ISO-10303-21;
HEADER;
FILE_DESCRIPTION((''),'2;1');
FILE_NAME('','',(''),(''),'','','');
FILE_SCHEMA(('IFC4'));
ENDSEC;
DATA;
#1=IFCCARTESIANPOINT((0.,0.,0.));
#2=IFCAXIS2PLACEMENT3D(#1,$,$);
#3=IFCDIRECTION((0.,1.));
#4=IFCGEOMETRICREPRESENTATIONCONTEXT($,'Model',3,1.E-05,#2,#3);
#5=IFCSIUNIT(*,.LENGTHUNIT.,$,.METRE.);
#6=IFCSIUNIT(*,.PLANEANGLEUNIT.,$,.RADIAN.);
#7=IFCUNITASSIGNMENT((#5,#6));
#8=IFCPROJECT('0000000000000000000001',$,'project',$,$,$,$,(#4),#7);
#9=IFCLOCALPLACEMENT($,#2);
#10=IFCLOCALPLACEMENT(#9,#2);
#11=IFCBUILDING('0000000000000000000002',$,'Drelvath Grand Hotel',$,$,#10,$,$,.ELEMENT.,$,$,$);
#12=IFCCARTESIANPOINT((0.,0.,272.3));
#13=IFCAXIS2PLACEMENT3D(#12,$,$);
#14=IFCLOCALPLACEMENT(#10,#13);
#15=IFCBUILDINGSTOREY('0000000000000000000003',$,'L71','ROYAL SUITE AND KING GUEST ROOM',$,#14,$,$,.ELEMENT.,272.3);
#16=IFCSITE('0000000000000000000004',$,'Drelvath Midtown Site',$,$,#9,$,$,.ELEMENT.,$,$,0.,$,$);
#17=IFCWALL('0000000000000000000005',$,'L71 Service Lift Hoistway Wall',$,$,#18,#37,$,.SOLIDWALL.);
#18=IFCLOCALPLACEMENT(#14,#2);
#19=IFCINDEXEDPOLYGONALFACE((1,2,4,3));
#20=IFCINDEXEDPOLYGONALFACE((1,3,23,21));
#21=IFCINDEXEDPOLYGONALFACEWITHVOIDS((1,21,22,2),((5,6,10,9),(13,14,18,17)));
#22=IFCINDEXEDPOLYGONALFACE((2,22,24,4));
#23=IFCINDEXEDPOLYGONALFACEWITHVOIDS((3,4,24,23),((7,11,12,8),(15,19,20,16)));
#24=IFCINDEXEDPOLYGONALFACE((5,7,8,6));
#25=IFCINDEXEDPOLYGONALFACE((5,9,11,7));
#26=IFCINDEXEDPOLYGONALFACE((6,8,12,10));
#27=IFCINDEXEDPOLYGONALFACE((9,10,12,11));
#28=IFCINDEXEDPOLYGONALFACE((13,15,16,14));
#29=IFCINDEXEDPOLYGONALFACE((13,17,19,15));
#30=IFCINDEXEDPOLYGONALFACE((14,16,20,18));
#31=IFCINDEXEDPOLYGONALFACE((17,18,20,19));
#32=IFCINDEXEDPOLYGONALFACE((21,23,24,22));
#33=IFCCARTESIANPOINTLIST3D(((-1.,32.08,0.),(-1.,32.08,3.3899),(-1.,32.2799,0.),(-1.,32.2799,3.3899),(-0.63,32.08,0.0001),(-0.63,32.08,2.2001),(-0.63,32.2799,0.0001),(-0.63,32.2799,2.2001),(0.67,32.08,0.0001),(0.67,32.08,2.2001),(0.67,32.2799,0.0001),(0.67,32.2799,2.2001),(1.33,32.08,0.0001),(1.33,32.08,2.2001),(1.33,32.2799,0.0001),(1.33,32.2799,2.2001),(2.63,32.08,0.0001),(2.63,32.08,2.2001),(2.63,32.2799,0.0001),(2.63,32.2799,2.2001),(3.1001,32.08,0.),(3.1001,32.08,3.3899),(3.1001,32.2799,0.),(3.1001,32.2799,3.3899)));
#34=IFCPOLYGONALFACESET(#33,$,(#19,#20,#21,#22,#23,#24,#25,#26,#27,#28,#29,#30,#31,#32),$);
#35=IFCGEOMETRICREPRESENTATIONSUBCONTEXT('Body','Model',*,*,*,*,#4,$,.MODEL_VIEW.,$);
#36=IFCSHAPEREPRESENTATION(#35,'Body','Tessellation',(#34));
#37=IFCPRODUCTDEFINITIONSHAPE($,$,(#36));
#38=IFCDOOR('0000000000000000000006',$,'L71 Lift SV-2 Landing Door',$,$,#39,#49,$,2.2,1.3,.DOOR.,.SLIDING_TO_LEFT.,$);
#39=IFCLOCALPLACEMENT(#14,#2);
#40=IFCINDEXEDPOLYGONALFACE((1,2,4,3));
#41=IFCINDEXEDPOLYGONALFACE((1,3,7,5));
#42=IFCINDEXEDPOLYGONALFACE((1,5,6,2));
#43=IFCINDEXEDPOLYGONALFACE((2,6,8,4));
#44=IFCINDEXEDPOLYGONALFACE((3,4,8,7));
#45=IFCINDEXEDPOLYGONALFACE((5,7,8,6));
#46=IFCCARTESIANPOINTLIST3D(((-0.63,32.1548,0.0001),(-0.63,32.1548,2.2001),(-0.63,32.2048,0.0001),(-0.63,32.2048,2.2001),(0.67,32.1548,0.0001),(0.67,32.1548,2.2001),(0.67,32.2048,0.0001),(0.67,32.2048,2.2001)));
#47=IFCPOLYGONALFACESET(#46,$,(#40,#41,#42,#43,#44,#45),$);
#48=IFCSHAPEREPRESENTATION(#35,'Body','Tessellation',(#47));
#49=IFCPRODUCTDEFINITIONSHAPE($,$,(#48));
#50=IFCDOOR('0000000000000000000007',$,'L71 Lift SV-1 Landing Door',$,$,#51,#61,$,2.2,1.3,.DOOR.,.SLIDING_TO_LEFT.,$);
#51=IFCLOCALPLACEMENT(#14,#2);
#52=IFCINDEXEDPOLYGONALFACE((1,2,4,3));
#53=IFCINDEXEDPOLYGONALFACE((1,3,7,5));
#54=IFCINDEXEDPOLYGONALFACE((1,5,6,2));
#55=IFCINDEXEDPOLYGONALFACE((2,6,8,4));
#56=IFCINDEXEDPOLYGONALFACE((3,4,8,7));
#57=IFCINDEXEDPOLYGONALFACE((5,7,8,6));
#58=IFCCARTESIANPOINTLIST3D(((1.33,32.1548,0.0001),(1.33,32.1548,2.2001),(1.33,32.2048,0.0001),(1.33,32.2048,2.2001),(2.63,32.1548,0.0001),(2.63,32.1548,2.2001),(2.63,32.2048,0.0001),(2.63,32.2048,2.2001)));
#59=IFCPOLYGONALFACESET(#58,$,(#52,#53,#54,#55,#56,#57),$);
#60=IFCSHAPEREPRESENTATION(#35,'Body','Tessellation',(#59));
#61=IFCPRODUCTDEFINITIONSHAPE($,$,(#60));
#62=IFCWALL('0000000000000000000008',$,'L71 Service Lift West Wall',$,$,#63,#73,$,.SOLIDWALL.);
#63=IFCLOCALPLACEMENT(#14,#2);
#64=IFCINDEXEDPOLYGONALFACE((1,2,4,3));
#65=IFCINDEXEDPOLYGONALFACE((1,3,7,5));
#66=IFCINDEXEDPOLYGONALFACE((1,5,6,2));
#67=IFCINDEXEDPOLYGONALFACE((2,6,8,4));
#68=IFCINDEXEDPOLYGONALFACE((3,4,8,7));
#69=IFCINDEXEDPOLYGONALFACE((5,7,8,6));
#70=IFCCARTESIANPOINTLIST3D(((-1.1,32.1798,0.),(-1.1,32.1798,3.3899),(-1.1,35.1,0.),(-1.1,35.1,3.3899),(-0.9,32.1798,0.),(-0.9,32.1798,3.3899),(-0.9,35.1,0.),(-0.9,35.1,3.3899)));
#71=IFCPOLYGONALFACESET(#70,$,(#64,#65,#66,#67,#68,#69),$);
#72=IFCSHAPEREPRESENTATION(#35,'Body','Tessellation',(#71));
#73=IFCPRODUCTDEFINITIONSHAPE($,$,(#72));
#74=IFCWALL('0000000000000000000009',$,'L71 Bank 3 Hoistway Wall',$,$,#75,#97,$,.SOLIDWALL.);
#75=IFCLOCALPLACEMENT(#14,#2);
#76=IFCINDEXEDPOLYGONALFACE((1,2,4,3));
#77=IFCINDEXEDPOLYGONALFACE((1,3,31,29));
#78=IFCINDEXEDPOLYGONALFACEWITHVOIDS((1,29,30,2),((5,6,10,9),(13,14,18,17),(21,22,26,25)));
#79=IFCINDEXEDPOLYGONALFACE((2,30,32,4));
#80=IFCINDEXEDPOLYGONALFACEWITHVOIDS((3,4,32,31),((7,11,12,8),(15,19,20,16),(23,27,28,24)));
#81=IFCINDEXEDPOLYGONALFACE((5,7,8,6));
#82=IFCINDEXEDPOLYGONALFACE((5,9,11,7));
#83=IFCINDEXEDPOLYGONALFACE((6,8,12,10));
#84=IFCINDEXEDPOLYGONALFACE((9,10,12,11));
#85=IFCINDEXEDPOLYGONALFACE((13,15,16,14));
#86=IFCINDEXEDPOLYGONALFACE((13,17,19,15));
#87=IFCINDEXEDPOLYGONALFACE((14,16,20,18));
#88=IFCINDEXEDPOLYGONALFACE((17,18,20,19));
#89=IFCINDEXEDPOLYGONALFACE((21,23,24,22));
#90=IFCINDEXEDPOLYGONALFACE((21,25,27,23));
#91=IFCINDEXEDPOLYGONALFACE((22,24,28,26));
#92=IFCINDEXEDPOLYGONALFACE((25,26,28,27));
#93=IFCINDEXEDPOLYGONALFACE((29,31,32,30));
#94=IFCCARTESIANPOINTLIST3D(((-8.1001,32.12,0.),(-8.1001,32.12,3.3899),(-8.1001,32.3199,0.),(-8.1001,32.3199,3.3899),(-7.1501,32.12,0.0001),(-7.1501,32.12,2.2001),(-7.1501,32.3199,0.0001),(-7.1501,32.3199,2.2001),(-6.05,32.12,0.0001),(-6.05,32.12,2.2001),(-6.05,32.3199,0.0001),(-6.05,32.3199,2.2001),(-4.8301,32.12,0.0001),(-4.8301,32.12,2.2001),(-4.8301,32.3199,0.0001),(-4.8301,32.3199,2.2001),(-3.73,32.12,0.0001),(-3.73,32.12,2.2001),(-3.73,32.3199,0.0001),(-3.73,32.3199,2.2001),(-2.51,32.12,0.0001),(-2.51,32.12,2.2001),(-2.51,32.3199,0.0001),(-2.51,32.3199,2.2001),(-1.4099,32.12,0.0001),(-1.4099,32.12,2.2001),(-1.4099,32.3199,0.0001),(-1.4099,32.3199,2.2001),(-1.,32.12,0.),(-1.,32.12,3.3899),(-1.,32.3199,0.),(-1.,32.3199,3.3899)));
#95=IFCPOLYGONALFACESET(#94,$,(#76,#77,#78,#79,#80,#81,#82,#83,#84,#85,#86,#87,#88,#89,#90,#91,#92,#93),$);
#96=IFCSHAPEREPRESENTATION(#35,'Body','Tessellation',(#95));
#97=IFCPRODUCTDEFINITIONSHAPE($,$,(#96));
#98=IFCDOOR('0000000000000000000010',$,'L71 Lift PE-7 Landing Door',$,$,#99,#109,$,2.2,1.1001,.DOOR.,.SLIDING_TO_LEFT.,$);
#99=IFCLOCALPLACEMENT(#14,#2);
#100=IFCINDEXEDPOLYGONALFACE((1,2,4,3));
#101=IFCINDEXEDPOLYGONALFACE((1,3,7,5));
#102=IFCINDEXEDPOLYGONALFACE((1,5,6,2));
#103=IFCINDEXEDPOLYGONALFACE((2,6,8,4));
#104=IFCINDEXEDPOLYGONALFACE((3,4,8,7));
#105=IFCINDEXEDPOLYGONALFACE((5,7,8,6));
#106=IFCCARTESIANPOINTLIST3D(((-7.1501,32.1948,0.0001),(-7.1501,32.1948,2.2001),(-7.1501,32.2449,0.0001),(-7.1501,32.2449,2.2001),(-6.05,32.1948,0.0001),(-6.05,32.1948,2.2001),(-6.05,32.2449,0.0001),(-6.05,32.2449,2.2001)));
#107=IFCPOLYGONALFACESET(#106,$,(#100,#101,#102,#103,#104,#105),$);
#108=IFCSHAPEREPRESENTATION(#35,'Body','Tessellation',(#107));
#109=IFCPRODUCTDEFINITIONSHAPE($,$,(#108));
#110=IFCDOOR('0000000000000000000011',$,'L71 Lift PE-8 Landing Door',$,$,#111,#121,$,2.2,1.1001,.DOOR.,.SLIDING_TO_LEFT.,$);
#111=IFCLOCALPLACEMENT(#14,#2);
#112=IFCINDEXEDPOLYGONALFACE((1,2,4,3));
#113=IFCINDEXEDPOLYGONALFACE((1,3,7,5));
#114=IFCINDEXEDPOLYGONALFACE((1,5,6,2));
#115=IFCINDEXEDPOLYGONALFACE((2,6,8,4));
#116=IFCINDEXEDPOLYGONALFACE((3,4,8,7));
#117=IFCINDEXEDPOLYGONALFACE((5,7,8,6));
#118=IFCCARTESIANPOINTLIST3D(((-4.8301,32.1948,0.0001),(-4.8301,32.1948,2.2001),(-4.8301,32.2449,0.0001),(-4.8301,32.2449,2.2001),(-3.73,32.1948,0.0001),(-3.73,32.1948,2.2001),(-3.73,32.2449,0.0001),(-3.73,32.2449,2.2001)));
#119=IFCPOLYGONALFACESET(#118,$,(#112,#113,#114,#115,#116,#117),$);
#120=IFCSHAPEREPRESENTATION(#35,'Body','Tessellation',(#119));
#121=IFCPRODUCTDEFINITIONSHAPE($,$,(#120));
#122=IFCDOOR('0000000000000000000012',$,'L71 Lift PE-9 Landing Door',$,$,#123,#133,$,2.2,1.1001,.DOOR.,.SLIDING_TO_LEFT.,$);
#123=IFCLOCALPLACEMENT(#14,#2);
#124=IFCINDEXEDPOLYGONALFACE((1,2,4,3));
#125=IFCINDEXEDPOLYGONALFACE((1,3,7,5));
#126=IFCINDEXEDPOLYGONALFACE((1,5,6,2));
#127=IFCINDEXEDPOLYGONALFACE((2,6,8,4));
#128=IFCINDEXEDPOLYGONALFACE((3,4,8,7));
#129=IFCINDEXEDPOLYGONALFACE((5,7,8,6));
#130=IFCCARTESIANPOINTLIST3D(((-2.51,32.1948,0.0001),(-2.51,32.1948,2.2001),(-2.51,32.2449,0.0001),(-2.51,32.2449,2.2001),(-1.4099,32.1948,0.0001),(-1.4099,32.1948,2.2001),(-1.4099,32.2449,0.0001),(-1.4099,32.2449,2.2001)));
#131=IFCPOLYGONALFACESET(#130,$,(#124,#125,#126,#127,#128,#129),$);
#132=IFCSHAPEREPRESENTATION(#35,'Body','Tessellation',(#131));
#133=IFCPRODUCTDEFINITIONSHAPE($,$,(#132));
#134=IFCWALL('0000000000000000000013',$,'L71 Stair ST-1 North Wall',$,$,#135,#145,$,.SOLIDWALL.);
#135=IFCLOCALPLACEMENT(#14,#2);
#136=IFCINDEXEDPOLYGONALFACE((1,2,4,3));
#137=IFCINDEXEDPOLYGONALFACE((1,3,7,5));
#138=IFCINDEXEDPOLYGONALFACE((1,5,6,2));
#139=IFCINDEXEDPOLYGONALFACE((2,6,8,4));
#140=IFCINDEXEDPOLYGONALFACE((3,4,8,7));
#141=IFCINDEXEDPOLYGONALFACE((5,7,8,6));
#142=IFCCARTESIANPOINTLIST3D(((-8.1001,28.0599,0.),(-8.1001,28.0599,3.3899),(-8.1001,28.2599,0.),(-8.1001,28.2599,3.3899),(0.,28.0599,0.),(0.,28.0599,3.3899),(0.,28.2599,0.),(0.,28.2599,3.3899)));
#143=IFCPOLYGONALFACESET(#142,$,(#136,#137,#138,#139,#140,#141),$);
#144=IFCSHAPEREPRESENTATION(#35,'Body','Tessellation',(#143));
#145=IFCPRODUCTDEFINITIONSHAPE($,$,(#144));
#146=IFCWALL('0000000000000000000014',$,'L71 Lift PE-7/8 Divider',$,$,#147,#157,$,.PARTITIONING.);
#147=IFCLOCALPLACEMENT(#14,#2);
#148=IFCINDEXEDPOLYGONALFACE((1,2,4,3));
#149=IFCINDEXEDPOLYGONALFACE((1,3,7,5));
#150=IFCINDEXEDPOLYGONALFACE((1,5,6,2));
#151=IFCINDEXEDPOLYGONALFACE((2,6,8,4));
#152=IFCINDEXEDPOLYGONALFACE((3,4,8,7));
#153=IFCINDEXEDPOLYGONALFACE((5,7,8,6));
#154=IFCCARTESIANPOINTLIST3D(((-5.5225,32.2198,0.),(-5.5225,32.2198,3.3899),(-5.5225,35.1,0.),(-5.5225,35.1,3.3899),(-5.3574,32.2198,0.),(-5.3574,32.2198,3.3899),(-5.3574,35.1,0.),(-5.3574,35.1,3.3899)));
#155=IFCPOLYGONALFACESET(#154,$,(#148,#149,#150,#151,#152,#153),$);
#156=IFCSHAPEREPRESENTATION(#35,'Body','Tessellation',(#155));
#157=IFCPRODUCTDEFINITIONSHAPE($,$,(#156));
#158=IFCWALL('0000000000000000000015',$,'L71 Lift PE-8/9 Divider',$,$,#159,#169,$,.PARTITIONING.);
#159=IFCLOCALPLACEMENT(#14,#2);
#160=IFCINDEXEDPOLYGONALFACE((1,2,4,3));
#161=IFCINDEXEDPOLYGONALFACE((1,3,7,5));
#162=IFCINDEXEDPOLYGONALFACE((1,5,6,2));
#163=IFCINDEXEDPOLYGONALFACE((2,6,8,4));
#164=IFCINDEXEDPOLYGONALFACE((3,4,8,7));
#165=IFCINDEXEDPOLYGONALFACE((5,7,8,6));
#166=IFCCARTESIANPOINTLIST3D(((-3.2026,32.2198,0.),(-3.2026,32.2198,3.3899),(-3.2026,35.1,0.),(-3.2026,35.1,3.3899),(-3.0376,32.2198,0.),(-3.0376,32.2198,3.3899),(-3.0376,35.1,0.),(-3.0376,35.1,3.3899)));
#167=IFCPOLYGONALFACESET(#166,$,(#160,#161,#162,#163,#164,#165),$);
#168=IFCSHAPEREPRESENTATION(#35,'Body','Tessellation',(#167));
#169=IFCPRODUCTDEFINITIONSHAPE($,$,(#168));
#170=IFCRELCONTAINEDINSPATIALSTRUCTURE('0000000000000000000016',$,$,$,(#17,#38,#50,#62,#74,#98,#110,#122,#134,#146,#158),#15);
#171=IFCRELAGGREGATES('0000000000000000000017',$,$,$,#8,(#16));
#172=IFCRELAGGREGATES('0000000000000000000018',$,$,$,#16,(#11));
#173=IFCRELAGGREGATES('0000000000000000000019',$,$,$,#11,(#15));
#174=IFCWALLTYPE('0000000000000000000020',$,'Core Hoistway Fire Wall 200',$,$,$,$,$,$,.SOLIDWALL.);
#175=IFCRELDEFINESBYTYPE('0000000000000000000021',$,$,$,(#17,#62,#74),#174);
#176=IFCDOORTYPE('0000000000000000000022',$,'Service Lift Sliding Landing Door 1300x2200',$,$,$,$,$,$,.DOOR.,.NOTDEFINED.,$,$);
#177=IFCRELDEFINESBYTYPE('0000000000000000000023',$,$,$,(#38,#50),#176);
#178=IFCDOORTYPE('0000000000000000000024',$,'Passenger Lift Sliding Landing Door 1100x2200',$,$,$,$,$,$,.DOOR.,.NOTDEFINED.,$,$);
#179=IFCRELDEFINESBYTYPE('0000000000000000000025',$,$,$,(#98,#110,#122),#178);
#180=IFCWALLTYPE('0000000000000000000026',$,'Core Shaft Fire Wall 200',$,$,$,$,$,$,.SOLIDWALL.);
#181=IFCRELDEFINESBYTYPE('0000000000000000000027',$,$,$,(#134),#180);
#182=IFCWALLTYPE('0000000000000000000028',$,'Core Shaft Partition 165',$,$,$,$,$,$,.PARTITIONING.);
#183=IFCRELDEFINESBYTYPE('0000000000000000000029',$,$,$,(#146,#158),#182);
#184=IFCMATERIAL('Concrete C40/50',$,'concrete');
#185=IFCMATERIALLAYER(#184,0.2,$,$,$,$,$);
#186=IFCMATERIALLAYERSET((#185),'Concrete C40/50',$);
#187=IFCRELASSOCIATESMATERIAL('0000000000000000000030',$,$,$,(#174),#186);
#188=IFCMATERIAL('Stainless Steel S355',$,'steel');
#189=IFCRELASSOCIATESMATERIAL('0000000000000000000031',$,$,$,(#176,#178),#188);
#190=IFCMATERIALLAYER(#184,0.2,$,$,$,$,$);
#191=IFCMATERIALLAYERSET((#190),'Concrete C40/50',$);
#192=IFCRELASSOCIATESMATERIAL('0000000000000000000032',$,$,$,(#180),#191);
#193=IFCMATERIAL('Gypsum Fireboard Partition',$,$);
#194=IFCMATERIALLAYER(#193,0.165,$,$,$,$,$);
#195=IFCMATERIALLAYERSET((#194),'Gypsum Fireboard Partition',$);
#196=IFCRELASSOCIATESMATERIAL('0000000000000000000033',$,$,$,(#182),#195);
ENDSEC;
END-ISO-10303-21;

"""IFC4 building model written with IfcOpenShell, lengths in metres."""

from ifc_helpers import new_model, si_unit, direction, frame, frame_2d, origin, place, context, subcontext, project, spatial, rectangle, extrude, material, layer, layer_set, type_object, element, fill, save


model = new_model("IFC4")

# Units and contexts
model_context = context("Model", 3, precision=1e-05, world=origin(), true_north=direction((0.0, 1.0)))
body_context = subcontext(model_context, "Body", "Model", "MODEL_VIEW")
ifc_project = project(units=[si_unit("LENGTHUNIT", "METRE"), si_unit("PLANEANGLEUNIT", "RADIAN")], contexts=[model_context])

# Site, building, storey
site_placement = place(None, origin())
site = spatial("IfcSite", under=ifc_project, at=site_placement, Name="Drelvath Midtown Site", CompositionType="ELEMENT", RefElevation=0.0)
building_placement = place(site_placement, origin())
building = spatial("IfcBuilding", under=site, at=building_placement, Name="Drelvath Grand Hotel", CompositionType="ELEMENT")
storey_placement = place(building_placement, frame((0.0, 0.0, 272.3)))
storey = spatial("IfcBuildingStorey", under=building, at=storey_placement, Name="L71", Description="ROYAL SUITE AND KING GUEST ROOM", CompositionType="ELEMENT", Elevation=272.3)

# Wall, openings, doors
ifc_material_1 = material(Name="Concrete C40/50", Category="concrete")
ifc_layer_1 = layer(ifc_material_1, 0.2)
ifc_layer_set_1 = layer_set([ifc_layer_1], Name="Concrete C40/50")
wall_type_1 = type_object("IfcWallType", Name="Core Hoistway Fire Wall 200", PredefinedType="SOLIDWALL", material=ifc_layer_set_1)
wall_1_placement = place(storey_placement, frame((-1.0, 32.1799, 0.0), z_axis=(0.0, 0.0, 1.0), x_axis=(1.0, 0.0, 0.0)))
wall_1 = element("IfcWall", 1, at=wall_1_placement, inside=storey, type_object=wall_type_1, Name="L71 Service Lift Hoistway Wall", PredefinedType="SOLIDWALL", context=body_context, shape_type="SweptSolid", body=[
    extrude(rectangle(XDim=4.1001, YDim=0.2, at=frame_2d((2.05, 0.0))), origin(), (0.0, 0.0, 1.0), 3.3899),
])
opening_1_placement = place(wall_1_placement, frame((0.3701, 0.0, 0.0)))
opening_1 = element("IfcOpeningElement", 2, at=opening_1_placement, cuts=wall_1, PredefinedType="OPENING", context=body_context, shape_type="SweptSolid", body=[
    extrude(rectangle(XDim=1.3, YDim=2.2, at=frame_2d((0.6499, 1.1001))), frame((0.0, 0.1099, 0.0), z_axis=(0.0, -1.0, 0.0), x_axis=(1.0, 0.0, 0.0)), (0.0, 0.0, 1.0), 0.22),
])
opening_2_placement = place(wall_1_placement, frame((2.3301, 0.0, 0.0)))
opening_2 = element("IfcOpeningElement", 3, at=opening_2_placement, cuts=wall_1, PredefinedType="OPENING", context=body_context, shape_type="SweptSolid", body=[
    extrude(rectangle(XDim=1.3, YDim=2.2, at=frame_2d((0.6499, 1.1001))), frame((0.0, 0.1099, 0.0), z_axis=(0.0, -1.0, 0.0), x_axis=(1.0, 0.0, 0.0)), (0.0, 0.0, 1.0), 0.22),
])
ifc_material_2 = material(Name="Stainless Steel S355", Category="steel")
door_type_1 = type_object("IfcDoorType", Name="Service Lift Sliding Landing Door 1300x2200", OperationType="NOTDEFINED", PredefinedType="DOOR", material=ifc_material_2)
door_1_placement = place(opening_1_placement, origin())
door_1 = element("IfcDoor", 4, at=door_1_placement, inside=storey, type_object=door_type_1, Name="L71 Lift SV-2 Landing Door", OperationType="SLIDING_TO_LEFT", OverallHeight=2.2, OverallWidth=1.3, PredefinedType="DOOR", context=body_context, shape_type="SweptSolid", body=[
    extrude(rectangle(XDim=1.3, YDim=2.2, at=frame_2d((0.6499, 1.1001))), frame((0.0, 0.0249, 0.0), z_axis=(0.0, -1.0, 0.0), x_axis=(1.0, 0.0, 0.0)), (0.0, 0.0, 1.0), 0.05),
])
fill(opening_1, door_1)
door_2_placement = place(opening_2_placement, origin())
door_2 = element("IfcDoor", 5, at=door_2_placement, inside=storey, type_object=door_type_1, Name="L71 Lift SV-1 Landing Door", OperationType="SLIDING_TO_LEFT", OverallHeight=2.2, OverallWidth=1.3, PredefinedType="DOOR", context=body_context, shape_type="SweptSolid", body=[
    extrude(rectangle(XDim=1.3, YDim=2.2, at=frame_2d((0.6499, 1.1001))), frame((0.0, 0.0249, 0.0), z_axis=(0.0, -1.0, 0.0), x_axis=(1.0, 0.0, 0.0)), (0.0, 0.0, 1.0), 0.05),
])
fill(opening_2, door_2)

# Wall
wall_2_placement = place(storey_placement, frame((-1.0, 32.1799, 0.0), z_axis=(0.0, 0.0, 1.0), x_axis=(0.0, 1.0, 0.0)))
element("IfcWall", 6, at=wall_2_placement, inside=storey, type_object=wall_type_1, Name="L71 Service Lift West Wall", PredefinedType="SOLIDWALL", context=body_context, shape_type="SweptSolid", body=[
    extrude(rectangle(XDim=2.9202, YDim=0.2, at=frame_2d((1.46, 0.0))), origin(), (0.0, 0.0, 1.0), 3.3899),
])

# Wall, openings, doors
wall_3_placement = place(storey_placement, frame((-8.1001, 32.22, 0.0), z_axis=(0.0, 0.0, 1.0), x_axis=(1.0, 0.0, 0.0)))
wall_3 = element("IfcWall", 7, at=wall_3_placement, inside=storey, type_object=wall_type_1, Name="L71 Bank 3 Hoistway Wall", PredefinedType="SOLIDWALL", context=body_context, shape_type="SweptSolid", body=[
    extrude(rectangle(XDim=7.1001, YDim=0.2, at=frame_2d((3.55, 0.0))), origin(), (0.0, 0.0, 1.0), 3.3899),
])
opening_3_placement = place(wall_3_placement, frame((0.95, 0.0, 0.0)))
opening_3 = element("IfcOpeningElement", 8, at=opening_3_placement, cuts=wall_3, PredefinedType="OPENING", context=body_context, shape_type="SweptSolid", body=[
    extrude(rectangle(XDim=1.1001, YDim=2.2, at=frame_2d((0.55, 1.1001))), frame((0.0, 0.1099, 0.0), z_axis=(0.0, -1.0, 0.0), x_axis=(1.0, 0.0, 0.0)), (0.0, 0.0, 1.0), 0.22),
])
opening_4_placement = place(wall_3_placement, frame((3.27, 0.0, 0.0)))
opening_4 = element("IfcOpeningElement", 9, at=opening_4_placement, cuts=wall_3, PredefinedType="OPENING", context=body_context, shape_type="SweptSolid", body=[
    extrude(rectangle(XDim=1.1001, YDim=2.2, at=frame_2d((0.55, 1.1001))), frame((0.0, 0.1099, 0.0), z_axis=(0.0, -1.0, 0.0), x_axis=(1.0, 0.0, 0.0)), (0.0, 0.0, 1.0), 0.22),
])
opening_5_placement = place(wall_3_placement, frame((5.5901, 0.0, 0.0)))
opening_5 = element("IfcOpeningElement", 10, at=opening_5_placement, cuts=wall_3, PredefinedType="OPENING", context=body_context, shape_type="SweptSolid", body=[
    extrude(rectangle(XDim=1.1001, YDim=2.2, at=frame_2d((0.55, 1.1001))), frame((0.0, 0.1099, 0.0), z_axis=(0.0, -1.0, 0.0), x_axis=(1.0, 0.0, 0.0)), (0.0, 0.0, 1.0), 0.22),
])
door_type_2 = type_object("IfcDoorType", Name="Passenger Lift Sliding Landing Door 1100x2200", OperationType="NOTDEFINED", PredefinedType="DOOR", material=ifc_material_2)
door_3_placement = place(opening_3_placement, origin())
door_3 = element("IfcDoor", 11, at=door_3_placement, inside=storey, type_object=door_type_2, Name="L71 Lift PE-7 Landing Door", OperationType="SLIDING_TO_LEFT", OverallHeight=2.2, OverallWidth=1.1001, PredefinedType="DOOR", context=body_context, shape_type="SweptSolid", body=[
    extrude(rectangle(XDim=1.1001, YDim=2.2, at=frame_2d((0.55, 1.1001))), frame((0.0, 0.0249, 0.0), z_axis=(0.0, -1.0, 0.0), x_axis=(1.0, 0.0, 0.0)), (0.0, 0.0, 1.0), 0.05),
])
fill(opening_3, door_3)
door_4_placement = place(opening_4_placement, origin())
door_4 = element("IfcDoor", 12, at=door_4_placement, inside=storey, type_object=door_type_2, Name="L71 Lift PE-8 Landing Door", OperationType="SLIDING_TO_LEFT", OverallHeight=2.2, OverallWidth=1.1001, PredefinedType="DOOR", context=body_context, shape_type="SweptSolid", body=[
    extrude(rectangle(XDim=1.1001, YDim=2.2, at=frame_2d((0.55, 1.1001))), frame((0.0, 0.0249, 0.0), z_axis=(0.0, -1.0, 0.0), x_axis=(1.0, 0.0, 0.0)), (0.0, 0.0, 1.0), 0.05),
])
fill(opening_4, door_4)
door_5_placement = place(opening_5_placement, origin())
door_5 = element("IfcDoor", 13, at=door_5_placement, inside=storey, type_object=door_type_2, Name="L71 Lift PE-9 Landing Door", OperationType="SLIDING_TO_LEFT", OverallHeight=2.2, OverallWidth=1.1001, PredefinedType="DOOR", context=body_context, shape_type="SweptSolid", body=[
    extrude(rectangle(XDim=1.1001, YDim=2.2, at=frame_2d((0.55, 1.1001))), frame((0.0, 0.0249, 0.0), z_axis=(0.0, -1.0, 0.0), x_axis=(1.0, 0.0, 0.0)), (0.0, 0.0, 1.0), 0.05),
])
fill(opening_5, door_5)

# Walls
ifc_layer_2 = layer(ifc_material_1, 0.2)
ifc_layer_set_2 = layer_set([ifc_layer_2], Name="Concrete C40/50")
wall_type_2 = type_object("IfcWallType", Name="Core Shaft Fire Wall 200", PredefinedType="SOLIDWALL", material=ifc_layer_set_2)
wall_4_placement = place(storey_placement, frame((-8.1001, 28.1599, 0.0), z_axis=(0.0, 0.0, 1.0), x_axis=(1.0, 0.0, 0.0)))
element("IfcWall", 14, at=wall_4_placement, inside=storey, type_object=wall_type_2, Name="L71 Stair ST-1 North Wall", PredefinedType="SOLIDWALL", context=body_context, shape_type="SweptSolid", body=[
    extrude(rectangle(XDim=8.1001, YDim=0.2, at=frame_2d((4.05, 0.0))), origin(), (0.0, 0.0, 1.0), 3.3899),
])
ifc_material_3 = material(Name="Gypsum Fireboard Partition")
ifc_layer_3 = layer(ifc_material_3, 0.165)
ifc_layer_set_3 = layer_set([ifc_layer_3], Name="Gypsum Fireboard Partition")
wall_type_3 = type_object("IfcWallType", Name="Core Shaft Partition 165", PredefinedType="PARTITIONING", material=ifc_layer_set_3)
for number, where, z_axis, x_axis, name in (
    (15, (-5.4399, 32.22, 0.0), (0.0, 0.0, 1.0), (0.0, 1.0, 0.0), "L71 Lift PE-7/8 Divider"),
    (16, (-3.1201, 32.22, 0.0), (0.0, 0.0, 1.0), (0.0, 1.0, 0.0), "L71 Lift PE-8/9 Divider"),
):
    element("IfcWall", number, at=place(storey_placement, frame(where, z_axis=z_axis, x_axis=x_axis)), inside=storey, type_object=wall_type_3, Name=name, PredefinedType="PARTITIONING", context=body_context, shape_type="SweptSolid", body=[
        extrude(rectangle(XDim=2.8801, YDim=0.165, at=frame_2d((1.4399, 0.0))), origin(), (0.0, 0.0, 1.0), 3.3899),
    ])

save(model, "model.ifc")
